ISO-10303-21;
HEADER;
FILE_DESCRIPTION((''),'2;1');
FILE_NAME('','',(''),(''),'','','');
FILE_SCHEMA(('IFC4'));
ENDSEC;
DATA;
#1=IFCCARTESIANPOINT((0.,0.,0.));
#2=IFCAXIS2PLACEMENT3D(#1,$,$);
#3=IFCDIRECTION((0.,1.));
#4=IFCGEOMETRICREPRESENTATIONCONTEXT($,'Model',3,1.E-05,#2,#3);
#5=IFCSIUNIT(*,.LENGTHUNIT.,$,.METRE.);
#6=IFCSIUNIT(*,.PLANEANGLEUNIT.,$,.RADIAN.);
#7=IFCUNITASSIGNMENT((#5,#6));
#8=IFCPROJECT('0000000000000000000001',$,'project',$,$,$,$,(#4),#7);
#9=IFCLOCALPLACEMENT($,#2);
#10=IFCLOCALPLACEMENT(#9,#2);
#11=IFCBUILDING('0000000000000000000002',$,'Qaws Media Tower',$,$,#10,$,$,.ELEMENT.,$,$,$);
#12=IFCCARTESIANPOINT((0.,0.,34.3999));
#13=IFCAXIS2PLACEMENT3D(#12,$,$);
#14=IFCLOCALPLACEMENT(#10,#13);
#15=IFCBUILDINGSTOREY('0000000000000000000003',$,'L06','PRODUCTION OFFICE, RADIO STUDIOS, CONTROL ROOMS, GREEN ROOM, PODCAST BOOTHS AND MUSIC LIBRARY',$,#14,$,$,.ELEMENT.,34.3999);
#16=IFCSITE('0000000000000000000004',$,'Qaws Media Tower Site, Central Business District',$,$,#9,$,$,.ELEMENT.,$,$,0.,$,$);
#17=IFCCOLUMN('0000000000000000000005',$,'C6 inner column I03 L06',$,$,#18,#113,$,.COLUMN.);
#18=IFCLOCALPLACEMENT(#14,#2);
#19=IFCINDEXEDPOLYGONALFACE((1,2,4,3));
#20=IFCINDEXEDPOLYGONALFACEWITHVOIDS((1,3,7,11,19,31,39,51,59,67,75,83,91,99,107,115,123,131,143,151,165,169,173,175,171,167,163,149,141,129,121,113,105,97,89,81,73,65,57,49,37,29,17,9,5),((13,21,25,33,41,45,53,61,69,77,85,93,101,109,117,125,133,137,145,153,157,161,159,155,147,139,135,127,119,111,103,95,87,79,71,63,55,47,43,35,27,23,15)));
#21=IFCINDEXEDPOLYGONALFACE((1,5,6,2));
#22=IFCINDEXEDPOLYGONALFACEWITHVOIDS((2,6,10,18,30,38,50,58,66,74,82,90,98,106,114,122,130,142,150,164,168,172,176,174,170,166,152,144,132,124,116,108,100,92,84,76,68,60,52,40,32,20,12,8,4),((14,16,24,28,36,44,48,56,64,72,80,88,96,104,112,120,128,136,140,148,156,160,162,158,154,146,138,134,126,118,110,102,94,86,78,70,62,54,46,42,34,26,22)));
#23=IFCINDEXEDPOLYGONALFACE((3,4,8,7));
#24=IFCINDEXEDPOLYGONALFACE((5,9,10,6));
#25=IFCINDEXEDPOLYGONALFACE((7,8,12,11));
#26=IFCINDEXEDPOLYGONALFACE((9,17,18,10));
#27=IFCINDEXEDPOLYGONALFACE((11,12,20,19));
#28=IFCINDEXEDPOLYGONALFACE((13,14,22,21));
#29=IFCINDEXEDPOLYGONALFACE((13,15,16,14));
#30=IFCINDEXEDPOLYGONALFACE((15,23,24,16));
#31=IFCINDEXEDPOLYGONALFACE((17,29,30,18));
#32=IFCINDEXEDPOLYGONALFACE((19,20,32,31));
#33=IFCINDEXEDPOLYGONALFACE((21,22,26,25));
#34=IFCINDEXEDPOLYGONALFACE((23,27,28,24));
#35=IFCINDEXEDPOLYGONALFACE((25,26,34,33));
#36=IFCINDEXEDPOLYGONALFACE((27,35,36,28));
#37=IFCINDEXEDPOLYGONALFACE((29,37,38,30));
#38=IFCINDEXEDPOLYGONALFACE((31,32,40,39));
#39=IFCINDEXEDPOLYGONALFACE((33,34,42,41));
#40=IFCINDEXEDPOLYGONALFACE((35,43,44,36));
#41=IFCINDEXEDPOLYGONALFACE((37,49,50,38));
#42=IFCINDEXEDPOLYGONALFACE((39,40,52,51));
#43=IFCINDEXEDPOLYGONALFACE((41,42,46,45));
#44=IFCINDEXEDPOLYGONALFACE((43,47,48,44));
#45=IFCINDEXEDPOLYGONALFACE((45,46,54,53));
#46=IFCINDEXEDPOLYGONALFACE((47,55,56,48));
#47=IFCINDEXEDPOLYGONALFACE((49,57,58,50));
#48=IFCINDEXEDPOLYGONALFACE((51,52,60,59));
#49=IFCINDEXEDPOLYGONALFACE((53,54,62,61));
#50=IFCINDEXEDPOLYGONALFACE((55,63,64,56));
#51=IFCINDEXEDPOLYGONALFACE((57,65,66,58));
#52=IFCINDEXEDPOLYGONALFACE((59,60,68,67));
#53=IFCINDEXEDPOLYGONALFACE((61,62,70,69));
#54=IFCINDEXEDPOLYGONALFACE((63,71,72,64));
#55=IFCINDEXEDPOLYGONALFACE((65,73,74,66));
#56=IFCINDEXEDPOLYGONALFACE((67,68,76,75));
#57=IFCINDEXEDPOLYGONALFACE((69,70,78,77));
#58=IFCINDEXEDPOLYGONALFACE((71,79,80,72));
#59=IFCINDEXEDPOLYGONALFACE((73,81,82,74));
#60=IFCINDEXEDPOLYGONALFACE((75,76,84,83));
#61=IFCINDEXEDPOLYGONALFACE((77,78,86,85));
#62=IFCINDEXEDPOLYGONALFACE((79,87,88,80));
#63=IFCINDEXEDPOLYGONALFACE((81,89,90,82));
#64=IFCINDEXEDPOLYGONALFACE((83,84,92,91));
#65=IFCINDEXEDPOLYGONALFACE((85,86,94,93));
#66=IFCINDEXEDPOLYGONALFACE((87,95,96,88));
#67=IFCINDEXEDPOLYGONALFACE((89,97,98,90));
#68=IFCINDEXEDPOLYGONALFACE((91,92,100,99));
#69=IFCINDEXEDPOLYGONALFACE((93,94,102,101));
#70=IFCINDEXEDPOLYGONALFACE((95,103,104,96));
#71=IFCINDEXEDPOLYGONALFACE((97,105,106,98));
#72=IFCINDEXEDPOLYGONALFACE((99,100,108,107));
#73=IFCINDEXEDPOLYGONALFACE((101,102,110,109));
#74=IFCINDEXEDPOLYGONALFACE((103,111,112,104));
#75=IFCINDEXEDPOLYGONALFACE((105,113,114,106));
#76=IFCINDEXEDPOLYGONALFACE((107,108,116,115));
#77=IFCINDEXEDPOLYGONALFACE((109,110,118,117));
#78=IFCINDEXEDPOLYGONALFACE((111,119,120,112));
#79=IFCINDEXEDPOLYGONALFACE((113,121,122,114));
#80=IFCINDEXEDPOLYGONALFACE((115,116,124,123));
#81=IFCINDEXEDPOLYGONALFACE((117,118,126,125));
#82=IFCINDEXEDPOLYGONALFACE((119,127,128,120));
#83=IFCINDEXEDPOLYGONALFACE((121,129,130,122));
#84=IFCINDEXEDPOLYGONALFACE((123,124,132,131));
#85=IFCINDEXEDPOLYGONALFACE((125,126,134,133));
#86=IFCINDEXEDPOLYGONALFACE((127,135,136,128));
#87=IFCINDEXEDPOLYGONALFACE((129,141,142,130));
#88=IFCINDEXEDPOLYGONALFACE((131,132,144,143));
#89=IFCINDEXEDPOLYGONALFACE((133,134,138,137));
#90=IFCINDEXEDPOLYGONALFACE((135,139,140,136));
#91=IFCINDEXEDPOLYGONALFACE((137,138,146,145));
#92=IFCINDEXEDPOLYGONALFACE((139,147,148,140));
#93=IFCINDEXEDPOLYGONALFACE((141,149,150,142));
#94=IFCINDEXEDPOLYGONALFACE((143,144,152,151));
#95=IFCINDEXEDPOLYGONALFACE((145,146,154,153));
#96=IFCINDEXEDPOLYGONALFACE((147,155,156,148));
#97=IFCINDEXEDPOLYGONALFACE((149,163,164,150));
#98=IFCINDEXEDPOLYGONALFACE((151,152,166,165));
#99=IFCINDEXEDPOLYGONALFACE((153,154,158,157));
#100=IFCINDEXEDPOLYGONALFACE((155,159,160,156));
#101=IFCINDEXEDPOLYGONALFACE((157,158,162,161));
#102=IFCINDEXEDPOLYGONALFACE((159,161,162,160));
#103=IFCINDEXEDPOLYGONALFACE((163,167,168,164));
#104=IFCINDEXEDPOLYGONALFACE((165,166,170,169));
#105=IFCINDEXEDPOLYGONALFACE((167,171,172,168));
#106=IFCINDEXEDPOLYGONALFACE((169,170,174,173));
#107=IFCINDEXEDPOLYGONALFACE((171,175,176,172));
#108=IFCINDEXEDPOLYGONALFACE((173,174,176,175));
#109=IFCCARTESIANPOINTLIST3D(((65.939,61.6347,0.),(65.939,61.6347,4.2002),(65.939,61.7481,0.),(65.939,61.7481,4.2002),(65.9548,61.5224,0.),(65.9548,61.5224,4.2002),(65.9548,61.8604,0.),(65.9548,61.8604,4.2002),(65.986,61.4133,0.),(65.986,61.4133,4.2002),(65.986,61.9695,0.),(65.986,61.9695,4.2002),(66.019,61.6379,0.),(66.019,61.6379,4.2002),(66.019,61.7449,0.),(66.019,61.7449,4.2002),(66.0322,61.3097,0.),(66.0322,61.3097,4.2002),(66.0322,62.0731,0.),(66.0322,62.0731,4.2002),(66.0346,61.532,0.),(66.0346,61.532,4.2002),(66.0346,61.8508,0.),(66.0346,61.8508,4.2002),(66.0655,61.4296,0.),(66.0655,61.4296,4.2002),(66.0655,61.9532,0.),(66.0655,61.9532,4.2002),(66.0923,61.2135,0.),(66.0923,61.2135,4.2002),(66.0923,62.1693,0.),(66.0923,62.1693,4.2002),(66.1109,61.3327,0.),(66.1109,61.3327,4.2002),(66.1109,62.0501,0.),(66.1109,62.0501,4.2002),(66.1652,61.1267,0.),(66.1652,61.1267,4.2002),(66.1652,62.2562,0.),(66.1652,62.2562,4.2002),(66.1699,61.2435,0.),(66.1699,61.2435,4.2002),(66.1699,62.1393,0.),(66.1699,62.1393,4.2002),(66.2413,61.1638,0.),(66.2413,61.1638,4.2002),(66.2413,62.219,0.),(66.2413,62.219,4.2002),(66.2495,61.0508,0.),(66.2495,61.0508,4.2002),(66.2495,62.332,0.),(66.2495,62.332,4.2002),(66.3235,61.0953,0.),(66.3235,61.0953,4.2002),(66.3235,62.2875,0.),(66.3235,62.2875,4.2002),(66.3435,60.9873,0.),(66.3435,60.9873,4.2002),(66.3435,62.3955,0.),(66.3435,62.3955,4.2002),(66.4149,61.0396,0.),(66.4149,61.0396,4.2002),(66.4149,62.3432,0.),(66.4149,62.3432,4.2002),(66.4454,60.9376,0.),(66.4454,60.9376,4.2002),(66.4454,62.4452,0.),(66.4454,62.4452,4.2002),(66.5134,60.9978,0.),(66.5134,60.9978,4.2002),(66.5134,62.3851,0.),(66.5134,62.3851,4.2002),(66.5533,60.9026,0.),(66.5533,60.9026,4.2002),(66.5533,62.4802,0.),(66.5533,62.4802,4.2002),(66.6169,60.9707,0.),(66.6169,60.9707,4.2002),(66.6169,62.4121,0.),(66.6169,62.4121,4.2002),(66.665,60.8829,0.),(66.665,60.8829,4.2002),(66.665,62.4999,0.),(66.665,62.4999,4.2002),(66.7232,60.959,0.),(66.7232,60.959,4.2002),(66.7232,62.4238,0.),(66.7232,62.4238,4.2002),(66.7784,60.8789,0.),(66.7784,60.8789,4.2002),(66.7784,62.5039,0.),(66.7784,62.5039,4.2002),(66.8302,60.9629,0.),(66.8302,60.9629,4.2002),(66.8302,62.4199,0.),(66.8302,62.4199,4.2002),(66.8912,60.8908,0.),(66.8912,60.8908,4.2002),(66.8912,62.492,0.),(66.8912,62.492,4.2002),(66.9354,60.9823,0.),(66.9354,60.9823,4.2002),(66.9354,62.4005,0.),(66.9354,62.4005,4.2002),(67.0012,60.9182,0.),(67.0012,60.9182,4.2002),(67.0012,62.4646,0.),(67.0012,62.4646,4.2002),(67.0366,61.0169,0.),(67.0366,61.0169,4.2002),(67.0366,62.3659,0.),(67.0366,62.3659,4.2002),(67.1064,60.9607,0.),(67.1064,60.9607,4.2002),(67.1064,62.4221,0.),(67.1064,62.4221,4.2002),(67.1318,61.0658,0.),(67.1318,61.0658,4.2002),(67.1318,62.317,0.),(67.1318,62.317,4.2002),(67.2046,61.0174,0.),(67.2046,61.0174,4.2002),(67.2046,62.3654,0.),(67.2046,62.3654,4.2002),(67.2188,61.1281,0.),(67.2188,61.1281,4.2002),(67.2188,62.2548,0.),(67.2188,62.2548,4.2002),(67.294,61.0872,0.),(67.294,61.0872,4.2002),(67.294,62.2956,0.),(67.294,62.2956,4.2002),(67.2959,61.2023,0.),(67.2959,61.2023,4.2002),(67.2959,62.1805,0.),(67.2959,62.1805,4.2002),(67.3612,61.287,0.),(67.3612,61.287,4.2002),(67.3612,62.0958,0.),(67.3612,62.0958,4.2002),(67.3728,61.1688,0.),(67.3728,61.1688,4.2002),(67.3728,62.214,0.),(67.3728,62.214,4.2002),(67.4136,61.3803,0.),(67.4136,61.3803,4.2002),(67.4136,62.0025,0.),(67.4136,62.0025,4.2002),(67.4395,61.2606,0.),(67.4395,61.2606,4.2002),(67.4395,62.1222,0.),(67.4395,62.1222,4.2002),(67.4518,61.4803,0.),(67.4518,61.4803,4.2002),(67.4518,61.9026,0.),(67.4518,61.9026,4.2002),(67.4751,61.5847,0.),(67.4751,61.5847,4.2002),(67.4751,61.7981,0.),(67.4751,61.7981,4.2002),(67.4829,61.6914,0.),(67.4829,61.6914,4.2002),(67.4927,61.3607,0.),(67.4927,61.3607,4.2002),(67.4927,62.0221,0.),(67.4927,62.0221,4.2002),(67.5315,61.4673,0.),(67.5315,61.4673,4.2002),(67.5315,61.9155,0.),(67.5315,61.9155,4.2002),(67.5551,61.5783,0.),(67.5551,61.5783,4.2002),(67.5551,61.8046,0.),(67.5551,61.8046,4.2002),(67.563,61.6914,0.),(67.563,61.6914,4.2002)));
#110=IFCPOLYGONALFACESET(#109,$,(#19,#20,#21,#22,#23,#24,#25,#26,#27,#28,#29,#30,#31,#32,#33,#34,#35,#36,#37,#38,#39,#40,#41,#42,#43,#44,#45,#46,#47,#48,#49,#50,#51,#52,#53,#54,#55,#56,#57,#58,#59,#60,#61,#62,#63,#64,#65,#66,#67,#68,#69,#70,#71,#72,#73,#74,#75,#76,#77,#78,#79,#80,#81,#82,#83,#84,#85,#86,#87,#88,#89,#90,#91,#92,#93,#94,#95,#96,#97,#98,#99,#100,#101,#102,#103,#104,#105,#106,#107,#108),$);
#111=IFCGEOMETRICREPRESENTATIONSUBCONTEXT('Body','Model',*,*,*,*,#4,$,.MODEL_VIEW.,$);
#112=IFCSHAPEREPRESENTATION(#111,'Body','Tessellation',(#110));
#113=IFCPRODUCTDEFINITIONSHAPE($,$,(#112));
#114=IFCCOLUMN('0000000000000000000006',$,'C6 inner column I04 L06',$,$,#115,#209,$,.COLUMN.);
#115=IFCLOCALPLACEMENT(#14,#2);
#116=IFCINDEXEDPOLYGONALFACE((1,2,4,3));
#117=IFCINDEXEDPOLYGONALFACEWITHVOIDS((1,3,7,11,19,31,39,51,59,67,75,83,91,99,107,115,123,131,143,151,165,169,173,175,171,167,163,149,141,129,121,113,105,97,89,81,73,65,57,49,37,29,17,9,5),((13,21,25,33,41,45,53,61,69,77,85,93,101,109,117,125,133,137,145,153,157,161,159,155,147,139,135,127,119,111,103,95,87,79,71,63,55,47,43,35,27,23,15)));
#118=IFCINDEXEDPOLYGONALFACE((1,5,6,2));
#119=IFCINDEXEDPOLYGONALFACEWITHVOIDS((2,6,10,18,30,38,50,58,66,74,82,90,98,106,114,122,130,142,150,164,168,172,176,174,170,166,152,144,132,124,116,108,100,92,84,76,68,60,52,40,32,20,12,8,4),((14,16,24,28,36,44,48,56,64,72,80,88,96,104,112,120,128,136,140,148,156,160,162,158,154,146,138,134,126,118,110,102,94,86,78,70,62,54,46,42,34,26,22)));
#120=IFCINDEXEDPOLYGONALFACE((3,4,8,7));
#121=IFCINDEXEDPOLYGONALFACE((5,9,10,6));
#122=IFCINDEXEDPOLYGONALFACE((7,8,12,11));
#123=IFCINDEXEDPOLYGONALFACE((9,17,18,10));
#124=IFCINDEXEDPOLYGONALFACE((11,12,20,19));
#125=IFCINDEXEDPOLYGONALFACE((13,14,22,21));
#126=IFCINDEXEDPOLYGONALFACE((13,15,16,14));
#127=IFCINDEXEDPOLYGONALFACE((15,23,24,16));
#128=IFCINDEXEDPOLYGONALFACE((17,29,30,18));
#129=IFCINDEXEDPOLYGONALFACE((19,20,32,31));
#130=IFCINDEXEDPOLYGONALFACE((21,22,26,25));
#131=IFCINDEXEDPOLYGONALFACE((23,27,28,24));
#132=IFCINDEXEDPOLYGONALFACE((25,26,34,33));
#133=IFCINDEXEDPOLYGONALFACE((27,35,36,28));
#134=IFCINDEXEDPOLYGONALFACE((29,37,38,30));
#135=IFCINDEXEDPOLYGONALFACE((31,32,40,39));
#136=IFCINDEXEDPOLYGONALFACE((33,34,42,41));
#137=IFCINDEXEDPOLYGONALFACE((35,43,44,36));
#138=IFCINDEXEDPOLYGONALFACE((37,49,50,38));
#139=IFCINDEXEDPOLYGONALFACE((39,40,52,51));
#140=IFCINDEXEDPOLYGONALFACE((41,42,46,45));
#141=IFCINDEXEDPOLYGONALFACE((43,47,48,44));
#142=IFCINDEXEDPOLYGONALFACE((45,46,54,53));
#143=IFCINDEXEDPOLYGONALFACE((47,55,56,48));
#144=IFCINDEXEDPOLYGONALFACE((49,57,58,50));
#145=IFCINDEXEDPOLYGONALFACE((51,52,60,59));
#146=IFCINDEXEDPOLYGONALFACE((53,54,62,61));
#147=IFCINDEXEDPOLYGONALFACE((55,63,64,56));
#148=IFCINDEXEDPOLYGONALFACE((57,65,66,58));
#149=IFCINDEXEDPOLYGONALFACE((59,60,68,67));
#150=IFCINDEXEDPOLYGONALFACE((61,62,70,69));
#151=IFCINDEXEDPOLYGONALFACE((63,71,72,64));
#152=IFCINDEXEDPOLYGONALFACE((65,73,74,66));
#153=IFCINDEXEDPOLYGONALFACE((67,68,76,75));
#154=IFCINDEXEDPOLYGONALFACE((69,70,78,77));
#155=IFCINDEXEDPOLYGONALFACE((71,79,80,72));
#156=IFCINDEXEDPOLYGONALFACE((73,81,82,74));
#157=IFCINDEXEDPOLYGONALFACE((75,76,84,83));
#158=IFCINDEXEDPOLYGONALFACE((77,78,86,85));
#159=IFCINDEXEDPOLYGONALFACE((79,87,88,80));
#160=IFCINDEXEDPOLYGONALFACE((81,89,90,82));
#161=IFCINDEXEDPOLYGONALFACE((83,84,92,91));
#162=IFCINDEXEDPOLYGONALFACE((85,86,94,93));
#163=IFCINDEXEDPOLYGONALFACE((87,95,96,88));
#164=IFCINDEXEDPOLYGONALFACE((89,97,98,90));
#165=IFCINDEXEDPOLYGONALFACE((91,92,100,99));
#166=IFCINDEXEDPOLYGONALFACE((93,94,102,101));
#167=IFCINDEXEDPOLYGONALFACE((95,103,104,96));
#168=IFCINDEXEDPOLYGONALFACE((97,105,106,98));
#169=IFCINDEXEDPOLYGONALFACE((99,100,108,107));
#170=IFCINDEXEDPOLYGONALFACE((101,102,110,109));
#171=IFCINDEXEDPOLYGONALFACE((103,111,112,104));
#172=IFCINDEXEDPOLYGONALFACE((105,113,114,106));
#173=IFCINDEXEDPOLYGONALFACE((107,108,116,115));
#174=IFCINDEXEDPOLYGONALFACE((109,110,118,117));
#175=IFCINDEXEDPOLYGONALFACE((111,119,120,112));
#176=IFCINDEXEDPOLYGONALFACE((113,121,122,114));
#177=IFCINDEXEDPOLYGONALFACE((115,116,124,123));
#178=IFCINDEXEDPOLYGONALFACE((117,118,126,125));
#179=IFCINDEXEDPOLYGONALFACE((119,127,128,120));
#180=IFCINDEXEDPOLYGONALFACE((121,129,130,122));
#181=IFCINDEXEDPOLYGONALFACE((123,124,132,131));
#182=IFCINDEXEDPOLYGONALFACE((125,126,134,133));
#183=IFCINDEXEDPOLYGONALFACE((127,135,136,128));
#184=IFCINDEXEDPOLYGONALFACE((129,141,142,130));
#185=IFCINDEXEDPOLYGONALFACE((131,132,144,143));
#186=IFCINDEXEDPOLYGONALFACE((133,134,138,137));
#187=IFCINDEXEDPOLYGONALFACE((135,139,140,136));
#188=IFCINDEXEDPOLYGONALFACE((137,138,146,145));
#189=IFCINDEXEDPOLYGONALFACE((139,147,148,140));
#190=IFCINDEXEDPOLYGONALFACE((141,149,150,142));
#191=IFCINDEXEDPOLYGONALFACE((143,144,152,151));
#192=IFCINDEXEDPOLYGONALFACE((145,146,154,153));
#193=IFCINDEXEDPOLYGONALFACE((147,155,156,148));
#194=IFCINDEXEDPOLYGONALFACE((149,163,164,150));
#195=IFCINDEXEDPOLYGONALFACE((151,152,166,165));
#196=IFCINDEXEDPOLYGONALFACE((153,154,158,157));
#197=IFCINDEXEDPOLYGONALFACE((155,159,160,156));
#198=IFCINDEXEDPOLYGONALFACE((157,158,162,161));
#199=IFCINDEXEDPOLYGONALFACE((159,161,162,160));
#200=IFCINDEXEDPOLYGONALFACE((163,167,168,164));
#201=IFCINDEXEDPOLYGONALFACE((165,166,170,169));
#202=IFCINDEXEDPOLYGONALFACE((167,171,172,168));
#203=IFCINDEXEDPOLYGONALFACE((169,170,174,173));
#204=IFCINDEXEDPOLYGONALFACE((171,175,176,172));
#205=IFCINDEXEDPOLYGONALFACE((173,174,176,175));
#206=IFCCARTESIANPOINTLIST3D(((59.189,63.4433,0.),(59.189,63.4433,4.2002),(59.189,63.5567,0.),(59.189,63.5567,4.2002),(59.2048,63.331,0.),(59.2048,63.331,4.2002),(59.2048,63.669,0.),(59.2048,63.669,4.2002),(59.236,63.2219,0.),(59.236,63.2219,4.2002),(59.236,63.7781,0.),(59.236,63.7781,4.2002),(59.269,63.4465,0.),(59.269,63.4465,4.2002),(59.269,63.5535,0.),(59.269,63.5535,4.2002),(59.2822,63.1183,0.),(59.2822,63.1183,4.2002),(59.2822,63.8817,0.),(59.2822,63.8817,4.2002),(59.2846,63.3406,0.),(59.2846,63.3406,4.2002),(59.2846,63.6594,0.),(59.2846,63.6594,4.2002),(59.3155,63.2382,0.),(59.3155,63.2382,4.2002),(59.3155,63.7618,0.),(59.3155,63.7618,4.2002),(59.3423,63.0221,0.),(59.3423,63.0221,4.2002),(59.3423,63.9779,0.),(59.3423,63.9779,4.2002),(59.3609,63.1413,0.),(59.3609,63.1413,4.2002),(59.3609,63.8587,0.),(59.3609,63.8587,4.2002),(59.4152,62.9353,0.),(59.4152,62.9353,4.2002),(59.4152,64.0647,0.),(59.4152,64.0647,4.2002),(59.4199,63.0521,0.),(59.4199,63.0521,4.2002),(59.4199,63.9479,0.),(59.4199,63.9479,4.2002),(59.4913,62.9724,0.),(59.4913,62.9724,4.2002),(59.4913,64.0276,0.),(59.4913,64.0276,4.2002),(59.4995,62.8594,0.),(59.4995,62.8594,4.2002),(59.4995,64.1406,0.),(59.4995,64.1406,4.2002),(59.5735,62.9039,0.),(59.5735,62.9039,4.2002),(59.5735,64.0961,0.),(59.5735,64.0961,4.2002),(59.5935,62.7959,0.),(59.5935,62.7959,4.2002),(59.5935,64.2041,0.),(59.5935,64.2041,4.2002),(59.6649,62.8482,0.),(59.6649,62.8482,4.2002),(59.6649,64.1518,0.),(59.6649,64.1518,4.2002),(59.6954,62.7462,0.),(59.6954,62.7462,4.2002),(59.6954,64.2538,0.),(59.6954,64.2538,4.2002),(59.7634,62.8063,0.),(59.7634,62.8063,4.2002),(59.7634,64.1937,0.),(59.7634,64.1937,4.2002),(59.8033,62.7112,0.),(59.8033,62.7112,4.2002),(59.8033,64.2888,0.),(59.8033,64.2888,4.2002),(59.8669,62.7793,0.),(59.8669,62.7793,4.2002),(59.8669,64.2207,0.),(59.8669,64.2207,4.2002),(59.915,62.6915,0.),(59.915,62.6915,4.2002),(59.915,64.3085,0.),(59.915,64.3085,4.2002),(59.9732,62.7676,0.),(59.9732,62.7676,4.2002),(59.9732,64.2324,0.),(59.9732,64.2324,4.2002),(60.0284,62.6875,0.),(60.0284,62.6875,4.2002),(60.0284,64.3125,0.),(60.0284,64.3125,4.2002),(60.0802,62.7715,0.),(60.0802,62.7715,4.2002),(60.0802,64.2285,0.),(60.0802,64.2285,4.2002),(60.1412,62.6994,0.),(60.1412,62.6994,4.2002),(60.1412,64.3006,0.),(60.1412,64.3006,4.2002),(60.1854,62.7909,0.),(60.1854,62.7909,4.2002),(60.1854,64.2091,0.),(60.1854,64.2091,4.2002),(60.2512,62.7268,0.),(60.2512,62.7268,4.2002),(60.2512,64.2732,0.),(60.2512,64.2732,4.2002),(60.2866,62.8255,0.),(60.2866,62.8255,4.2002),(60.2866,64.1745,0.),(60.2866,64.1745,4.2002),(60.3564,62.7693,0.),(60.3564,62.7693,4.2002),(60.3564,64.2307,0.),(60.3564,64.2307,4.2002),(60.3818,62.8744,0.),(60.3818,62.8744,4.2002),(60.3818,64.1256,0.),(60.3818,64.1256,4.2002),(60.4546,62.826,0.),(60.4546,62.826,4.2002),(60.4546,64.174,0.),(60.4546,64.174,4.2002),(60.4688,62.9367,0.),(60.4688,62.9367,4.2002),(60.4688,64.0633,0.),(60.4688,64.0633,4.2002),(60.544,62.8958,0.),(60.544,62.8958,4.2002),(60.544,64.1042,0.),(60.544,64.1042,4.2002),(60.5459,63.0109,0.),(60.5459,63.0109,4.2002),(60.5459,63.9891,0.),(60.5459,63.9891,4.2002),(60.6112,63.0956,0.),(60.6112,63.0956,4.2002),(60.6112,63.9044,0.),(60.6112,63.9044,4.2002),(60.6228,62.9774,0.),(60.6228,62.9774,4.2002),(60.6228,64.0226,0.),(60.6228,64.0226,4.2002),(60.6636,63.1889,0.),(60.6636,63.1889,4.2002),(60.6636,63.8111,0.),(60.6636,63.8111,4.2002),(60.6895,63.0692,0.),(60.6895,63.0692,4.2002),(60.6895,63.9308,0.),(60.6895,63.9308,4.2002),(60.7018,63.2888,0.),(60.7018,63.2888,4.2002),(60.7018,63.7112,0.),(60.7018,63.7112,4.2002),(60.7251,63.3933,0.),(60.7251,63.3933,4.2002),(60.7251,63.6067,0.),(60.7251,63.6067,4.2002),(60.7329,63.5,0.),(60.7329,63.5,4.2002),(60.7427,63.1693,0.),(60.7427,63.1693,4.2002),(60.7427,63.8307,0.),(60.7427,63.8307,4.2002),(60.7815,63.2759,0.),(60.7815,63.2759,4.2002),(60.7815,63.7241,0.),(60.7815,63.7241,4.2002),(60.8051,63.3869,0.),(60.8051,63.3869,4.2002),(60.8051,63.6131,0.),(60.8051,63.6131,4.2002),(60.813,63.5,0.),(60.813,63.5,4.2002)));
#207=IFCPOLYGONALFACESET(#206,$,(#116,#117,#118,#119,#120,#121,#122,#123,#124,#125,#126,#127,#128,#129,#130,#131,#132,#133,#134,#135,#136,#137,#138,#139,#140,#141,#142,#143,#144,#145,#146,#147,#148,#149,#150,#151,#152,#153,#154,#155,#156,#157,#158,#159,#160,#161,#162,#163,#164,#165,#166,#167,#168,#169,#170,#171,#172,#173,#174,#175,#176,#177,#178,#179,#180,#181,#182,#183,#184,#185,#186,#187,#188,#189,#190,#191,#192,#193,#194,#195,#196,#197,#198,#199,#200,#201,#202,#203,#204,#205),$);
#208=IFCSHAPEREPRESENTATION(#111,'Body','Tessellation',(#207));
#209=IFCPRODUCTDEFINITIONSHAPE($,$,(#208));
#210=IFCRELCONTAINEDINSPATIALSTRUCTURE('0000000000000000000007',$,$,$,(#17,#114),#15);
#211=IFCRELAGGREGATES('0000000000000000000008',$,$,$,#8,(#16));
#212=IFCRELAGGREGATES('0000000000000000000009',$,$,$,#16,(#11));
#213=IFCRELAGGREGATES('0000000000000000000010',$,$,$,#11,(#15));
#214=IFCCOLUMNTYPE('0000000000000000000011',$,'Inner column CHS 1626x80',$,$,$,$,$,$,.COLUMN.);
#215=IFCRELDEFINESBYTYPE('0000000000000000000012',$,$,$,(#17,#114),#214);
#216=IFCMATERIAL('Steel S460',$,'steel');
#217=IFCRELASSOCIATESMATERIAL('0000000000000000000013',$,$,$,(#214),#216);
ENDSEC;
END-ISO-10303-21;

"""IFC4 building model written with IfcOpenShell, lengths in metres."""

from ifc_helpers import new_model, si_unit, direction, frame, origin, origin_2d, place, context, subcontext, project, spatial, hollow_circle, extrude, material, material_profile, profile_set, type_object, element, save


model = new_model("IFC4")

# Units and contexts
model_context = context("Model", 3, precision=1e-05, world=origin(), true_north=direction((0.0, 1.0)))
body_context = subcontext(model_context, "Body", "Model", "MODEL_VIEW")
ifc_project = project(units=[si_unit("LENGTHUNIT", "METRE"), si_unit("PLANEANGLEUNIT", "RADIAN")], contexts=[model_context])

# Site, building, storey
site_placement = place(None, origin())
site = spatial("IfcSite", under=ifc_project, at=site_placement, Name="Qaws Media Tower Site, Central Business District", CompositionType="ELEMENT", RefElevation=0.0)
building_placement = place(site_placement, origin())
building = spatial("IfcBuilding", under=site, at=building_placement, Name="Qaws Media Tower", CompositionType="ELEMENT")
storey_placement = place(building_placement, frame((0.0, 0.0, 34.3999)))
storey = spatial("IfcBuildingStorey", under=building, at=storey_placement, Name="L06", Description="PRODUCTION OFFICE, RADIO STUDIOS, CONTROL ROOMS, GREEN ROOM, PODCAST BOOTHS AND MUSIC LIBRARY", CompositionType="ELEMENT", Elevation=34.3999)

# Columns
ifc_material_1 = material(Name="Steel S460", Category="steel")
ifc_material_profile_1 = material_profile(ifc_material_1, hollow_circle(Radius=0.813, WallThickness=0.0801, at=origin_2d()), Name="CHS 1626x80")
ifc_profile_set_1 = profile_set([ifc_material_profile_1], Name="Steel S460")
column_type = type_object("IfcColumnType", Name="Inner column CHS 1626x80", PredefinedType="COLUMN", material=ifc_profile_set_1)
for number, where, z_axis, x_axis, name in (
    (1, (66.75, 61.6914, 0.0), (0.0, 0.0, 1.0), (1.0, 0.0, 0.0), "C6 inner column I03 L06"),
    (2, (60.0, 63.5, 0.0), (0.0, 0.0, 1.0), (1.0, 0.0, 0.0), "C6 inner column I04 L06"),
):
    element("IfcColumn", number, at=place(storey_placement, frame(where, z_axis=z_axis, x_axis=x_axis)), inside=storey, type_object=column_type, Name=name, PredefinedType="COLUMN", context=body_context, shape_type="SweptSolid", body=[
        extrude(hollow_circle(Radius=0.813, WallThickness=0.0801, at=origin_2d()), origin(), (0.0, 0.0, 1.0), 4.2002),
    ])

save(model, "model.ifc")
